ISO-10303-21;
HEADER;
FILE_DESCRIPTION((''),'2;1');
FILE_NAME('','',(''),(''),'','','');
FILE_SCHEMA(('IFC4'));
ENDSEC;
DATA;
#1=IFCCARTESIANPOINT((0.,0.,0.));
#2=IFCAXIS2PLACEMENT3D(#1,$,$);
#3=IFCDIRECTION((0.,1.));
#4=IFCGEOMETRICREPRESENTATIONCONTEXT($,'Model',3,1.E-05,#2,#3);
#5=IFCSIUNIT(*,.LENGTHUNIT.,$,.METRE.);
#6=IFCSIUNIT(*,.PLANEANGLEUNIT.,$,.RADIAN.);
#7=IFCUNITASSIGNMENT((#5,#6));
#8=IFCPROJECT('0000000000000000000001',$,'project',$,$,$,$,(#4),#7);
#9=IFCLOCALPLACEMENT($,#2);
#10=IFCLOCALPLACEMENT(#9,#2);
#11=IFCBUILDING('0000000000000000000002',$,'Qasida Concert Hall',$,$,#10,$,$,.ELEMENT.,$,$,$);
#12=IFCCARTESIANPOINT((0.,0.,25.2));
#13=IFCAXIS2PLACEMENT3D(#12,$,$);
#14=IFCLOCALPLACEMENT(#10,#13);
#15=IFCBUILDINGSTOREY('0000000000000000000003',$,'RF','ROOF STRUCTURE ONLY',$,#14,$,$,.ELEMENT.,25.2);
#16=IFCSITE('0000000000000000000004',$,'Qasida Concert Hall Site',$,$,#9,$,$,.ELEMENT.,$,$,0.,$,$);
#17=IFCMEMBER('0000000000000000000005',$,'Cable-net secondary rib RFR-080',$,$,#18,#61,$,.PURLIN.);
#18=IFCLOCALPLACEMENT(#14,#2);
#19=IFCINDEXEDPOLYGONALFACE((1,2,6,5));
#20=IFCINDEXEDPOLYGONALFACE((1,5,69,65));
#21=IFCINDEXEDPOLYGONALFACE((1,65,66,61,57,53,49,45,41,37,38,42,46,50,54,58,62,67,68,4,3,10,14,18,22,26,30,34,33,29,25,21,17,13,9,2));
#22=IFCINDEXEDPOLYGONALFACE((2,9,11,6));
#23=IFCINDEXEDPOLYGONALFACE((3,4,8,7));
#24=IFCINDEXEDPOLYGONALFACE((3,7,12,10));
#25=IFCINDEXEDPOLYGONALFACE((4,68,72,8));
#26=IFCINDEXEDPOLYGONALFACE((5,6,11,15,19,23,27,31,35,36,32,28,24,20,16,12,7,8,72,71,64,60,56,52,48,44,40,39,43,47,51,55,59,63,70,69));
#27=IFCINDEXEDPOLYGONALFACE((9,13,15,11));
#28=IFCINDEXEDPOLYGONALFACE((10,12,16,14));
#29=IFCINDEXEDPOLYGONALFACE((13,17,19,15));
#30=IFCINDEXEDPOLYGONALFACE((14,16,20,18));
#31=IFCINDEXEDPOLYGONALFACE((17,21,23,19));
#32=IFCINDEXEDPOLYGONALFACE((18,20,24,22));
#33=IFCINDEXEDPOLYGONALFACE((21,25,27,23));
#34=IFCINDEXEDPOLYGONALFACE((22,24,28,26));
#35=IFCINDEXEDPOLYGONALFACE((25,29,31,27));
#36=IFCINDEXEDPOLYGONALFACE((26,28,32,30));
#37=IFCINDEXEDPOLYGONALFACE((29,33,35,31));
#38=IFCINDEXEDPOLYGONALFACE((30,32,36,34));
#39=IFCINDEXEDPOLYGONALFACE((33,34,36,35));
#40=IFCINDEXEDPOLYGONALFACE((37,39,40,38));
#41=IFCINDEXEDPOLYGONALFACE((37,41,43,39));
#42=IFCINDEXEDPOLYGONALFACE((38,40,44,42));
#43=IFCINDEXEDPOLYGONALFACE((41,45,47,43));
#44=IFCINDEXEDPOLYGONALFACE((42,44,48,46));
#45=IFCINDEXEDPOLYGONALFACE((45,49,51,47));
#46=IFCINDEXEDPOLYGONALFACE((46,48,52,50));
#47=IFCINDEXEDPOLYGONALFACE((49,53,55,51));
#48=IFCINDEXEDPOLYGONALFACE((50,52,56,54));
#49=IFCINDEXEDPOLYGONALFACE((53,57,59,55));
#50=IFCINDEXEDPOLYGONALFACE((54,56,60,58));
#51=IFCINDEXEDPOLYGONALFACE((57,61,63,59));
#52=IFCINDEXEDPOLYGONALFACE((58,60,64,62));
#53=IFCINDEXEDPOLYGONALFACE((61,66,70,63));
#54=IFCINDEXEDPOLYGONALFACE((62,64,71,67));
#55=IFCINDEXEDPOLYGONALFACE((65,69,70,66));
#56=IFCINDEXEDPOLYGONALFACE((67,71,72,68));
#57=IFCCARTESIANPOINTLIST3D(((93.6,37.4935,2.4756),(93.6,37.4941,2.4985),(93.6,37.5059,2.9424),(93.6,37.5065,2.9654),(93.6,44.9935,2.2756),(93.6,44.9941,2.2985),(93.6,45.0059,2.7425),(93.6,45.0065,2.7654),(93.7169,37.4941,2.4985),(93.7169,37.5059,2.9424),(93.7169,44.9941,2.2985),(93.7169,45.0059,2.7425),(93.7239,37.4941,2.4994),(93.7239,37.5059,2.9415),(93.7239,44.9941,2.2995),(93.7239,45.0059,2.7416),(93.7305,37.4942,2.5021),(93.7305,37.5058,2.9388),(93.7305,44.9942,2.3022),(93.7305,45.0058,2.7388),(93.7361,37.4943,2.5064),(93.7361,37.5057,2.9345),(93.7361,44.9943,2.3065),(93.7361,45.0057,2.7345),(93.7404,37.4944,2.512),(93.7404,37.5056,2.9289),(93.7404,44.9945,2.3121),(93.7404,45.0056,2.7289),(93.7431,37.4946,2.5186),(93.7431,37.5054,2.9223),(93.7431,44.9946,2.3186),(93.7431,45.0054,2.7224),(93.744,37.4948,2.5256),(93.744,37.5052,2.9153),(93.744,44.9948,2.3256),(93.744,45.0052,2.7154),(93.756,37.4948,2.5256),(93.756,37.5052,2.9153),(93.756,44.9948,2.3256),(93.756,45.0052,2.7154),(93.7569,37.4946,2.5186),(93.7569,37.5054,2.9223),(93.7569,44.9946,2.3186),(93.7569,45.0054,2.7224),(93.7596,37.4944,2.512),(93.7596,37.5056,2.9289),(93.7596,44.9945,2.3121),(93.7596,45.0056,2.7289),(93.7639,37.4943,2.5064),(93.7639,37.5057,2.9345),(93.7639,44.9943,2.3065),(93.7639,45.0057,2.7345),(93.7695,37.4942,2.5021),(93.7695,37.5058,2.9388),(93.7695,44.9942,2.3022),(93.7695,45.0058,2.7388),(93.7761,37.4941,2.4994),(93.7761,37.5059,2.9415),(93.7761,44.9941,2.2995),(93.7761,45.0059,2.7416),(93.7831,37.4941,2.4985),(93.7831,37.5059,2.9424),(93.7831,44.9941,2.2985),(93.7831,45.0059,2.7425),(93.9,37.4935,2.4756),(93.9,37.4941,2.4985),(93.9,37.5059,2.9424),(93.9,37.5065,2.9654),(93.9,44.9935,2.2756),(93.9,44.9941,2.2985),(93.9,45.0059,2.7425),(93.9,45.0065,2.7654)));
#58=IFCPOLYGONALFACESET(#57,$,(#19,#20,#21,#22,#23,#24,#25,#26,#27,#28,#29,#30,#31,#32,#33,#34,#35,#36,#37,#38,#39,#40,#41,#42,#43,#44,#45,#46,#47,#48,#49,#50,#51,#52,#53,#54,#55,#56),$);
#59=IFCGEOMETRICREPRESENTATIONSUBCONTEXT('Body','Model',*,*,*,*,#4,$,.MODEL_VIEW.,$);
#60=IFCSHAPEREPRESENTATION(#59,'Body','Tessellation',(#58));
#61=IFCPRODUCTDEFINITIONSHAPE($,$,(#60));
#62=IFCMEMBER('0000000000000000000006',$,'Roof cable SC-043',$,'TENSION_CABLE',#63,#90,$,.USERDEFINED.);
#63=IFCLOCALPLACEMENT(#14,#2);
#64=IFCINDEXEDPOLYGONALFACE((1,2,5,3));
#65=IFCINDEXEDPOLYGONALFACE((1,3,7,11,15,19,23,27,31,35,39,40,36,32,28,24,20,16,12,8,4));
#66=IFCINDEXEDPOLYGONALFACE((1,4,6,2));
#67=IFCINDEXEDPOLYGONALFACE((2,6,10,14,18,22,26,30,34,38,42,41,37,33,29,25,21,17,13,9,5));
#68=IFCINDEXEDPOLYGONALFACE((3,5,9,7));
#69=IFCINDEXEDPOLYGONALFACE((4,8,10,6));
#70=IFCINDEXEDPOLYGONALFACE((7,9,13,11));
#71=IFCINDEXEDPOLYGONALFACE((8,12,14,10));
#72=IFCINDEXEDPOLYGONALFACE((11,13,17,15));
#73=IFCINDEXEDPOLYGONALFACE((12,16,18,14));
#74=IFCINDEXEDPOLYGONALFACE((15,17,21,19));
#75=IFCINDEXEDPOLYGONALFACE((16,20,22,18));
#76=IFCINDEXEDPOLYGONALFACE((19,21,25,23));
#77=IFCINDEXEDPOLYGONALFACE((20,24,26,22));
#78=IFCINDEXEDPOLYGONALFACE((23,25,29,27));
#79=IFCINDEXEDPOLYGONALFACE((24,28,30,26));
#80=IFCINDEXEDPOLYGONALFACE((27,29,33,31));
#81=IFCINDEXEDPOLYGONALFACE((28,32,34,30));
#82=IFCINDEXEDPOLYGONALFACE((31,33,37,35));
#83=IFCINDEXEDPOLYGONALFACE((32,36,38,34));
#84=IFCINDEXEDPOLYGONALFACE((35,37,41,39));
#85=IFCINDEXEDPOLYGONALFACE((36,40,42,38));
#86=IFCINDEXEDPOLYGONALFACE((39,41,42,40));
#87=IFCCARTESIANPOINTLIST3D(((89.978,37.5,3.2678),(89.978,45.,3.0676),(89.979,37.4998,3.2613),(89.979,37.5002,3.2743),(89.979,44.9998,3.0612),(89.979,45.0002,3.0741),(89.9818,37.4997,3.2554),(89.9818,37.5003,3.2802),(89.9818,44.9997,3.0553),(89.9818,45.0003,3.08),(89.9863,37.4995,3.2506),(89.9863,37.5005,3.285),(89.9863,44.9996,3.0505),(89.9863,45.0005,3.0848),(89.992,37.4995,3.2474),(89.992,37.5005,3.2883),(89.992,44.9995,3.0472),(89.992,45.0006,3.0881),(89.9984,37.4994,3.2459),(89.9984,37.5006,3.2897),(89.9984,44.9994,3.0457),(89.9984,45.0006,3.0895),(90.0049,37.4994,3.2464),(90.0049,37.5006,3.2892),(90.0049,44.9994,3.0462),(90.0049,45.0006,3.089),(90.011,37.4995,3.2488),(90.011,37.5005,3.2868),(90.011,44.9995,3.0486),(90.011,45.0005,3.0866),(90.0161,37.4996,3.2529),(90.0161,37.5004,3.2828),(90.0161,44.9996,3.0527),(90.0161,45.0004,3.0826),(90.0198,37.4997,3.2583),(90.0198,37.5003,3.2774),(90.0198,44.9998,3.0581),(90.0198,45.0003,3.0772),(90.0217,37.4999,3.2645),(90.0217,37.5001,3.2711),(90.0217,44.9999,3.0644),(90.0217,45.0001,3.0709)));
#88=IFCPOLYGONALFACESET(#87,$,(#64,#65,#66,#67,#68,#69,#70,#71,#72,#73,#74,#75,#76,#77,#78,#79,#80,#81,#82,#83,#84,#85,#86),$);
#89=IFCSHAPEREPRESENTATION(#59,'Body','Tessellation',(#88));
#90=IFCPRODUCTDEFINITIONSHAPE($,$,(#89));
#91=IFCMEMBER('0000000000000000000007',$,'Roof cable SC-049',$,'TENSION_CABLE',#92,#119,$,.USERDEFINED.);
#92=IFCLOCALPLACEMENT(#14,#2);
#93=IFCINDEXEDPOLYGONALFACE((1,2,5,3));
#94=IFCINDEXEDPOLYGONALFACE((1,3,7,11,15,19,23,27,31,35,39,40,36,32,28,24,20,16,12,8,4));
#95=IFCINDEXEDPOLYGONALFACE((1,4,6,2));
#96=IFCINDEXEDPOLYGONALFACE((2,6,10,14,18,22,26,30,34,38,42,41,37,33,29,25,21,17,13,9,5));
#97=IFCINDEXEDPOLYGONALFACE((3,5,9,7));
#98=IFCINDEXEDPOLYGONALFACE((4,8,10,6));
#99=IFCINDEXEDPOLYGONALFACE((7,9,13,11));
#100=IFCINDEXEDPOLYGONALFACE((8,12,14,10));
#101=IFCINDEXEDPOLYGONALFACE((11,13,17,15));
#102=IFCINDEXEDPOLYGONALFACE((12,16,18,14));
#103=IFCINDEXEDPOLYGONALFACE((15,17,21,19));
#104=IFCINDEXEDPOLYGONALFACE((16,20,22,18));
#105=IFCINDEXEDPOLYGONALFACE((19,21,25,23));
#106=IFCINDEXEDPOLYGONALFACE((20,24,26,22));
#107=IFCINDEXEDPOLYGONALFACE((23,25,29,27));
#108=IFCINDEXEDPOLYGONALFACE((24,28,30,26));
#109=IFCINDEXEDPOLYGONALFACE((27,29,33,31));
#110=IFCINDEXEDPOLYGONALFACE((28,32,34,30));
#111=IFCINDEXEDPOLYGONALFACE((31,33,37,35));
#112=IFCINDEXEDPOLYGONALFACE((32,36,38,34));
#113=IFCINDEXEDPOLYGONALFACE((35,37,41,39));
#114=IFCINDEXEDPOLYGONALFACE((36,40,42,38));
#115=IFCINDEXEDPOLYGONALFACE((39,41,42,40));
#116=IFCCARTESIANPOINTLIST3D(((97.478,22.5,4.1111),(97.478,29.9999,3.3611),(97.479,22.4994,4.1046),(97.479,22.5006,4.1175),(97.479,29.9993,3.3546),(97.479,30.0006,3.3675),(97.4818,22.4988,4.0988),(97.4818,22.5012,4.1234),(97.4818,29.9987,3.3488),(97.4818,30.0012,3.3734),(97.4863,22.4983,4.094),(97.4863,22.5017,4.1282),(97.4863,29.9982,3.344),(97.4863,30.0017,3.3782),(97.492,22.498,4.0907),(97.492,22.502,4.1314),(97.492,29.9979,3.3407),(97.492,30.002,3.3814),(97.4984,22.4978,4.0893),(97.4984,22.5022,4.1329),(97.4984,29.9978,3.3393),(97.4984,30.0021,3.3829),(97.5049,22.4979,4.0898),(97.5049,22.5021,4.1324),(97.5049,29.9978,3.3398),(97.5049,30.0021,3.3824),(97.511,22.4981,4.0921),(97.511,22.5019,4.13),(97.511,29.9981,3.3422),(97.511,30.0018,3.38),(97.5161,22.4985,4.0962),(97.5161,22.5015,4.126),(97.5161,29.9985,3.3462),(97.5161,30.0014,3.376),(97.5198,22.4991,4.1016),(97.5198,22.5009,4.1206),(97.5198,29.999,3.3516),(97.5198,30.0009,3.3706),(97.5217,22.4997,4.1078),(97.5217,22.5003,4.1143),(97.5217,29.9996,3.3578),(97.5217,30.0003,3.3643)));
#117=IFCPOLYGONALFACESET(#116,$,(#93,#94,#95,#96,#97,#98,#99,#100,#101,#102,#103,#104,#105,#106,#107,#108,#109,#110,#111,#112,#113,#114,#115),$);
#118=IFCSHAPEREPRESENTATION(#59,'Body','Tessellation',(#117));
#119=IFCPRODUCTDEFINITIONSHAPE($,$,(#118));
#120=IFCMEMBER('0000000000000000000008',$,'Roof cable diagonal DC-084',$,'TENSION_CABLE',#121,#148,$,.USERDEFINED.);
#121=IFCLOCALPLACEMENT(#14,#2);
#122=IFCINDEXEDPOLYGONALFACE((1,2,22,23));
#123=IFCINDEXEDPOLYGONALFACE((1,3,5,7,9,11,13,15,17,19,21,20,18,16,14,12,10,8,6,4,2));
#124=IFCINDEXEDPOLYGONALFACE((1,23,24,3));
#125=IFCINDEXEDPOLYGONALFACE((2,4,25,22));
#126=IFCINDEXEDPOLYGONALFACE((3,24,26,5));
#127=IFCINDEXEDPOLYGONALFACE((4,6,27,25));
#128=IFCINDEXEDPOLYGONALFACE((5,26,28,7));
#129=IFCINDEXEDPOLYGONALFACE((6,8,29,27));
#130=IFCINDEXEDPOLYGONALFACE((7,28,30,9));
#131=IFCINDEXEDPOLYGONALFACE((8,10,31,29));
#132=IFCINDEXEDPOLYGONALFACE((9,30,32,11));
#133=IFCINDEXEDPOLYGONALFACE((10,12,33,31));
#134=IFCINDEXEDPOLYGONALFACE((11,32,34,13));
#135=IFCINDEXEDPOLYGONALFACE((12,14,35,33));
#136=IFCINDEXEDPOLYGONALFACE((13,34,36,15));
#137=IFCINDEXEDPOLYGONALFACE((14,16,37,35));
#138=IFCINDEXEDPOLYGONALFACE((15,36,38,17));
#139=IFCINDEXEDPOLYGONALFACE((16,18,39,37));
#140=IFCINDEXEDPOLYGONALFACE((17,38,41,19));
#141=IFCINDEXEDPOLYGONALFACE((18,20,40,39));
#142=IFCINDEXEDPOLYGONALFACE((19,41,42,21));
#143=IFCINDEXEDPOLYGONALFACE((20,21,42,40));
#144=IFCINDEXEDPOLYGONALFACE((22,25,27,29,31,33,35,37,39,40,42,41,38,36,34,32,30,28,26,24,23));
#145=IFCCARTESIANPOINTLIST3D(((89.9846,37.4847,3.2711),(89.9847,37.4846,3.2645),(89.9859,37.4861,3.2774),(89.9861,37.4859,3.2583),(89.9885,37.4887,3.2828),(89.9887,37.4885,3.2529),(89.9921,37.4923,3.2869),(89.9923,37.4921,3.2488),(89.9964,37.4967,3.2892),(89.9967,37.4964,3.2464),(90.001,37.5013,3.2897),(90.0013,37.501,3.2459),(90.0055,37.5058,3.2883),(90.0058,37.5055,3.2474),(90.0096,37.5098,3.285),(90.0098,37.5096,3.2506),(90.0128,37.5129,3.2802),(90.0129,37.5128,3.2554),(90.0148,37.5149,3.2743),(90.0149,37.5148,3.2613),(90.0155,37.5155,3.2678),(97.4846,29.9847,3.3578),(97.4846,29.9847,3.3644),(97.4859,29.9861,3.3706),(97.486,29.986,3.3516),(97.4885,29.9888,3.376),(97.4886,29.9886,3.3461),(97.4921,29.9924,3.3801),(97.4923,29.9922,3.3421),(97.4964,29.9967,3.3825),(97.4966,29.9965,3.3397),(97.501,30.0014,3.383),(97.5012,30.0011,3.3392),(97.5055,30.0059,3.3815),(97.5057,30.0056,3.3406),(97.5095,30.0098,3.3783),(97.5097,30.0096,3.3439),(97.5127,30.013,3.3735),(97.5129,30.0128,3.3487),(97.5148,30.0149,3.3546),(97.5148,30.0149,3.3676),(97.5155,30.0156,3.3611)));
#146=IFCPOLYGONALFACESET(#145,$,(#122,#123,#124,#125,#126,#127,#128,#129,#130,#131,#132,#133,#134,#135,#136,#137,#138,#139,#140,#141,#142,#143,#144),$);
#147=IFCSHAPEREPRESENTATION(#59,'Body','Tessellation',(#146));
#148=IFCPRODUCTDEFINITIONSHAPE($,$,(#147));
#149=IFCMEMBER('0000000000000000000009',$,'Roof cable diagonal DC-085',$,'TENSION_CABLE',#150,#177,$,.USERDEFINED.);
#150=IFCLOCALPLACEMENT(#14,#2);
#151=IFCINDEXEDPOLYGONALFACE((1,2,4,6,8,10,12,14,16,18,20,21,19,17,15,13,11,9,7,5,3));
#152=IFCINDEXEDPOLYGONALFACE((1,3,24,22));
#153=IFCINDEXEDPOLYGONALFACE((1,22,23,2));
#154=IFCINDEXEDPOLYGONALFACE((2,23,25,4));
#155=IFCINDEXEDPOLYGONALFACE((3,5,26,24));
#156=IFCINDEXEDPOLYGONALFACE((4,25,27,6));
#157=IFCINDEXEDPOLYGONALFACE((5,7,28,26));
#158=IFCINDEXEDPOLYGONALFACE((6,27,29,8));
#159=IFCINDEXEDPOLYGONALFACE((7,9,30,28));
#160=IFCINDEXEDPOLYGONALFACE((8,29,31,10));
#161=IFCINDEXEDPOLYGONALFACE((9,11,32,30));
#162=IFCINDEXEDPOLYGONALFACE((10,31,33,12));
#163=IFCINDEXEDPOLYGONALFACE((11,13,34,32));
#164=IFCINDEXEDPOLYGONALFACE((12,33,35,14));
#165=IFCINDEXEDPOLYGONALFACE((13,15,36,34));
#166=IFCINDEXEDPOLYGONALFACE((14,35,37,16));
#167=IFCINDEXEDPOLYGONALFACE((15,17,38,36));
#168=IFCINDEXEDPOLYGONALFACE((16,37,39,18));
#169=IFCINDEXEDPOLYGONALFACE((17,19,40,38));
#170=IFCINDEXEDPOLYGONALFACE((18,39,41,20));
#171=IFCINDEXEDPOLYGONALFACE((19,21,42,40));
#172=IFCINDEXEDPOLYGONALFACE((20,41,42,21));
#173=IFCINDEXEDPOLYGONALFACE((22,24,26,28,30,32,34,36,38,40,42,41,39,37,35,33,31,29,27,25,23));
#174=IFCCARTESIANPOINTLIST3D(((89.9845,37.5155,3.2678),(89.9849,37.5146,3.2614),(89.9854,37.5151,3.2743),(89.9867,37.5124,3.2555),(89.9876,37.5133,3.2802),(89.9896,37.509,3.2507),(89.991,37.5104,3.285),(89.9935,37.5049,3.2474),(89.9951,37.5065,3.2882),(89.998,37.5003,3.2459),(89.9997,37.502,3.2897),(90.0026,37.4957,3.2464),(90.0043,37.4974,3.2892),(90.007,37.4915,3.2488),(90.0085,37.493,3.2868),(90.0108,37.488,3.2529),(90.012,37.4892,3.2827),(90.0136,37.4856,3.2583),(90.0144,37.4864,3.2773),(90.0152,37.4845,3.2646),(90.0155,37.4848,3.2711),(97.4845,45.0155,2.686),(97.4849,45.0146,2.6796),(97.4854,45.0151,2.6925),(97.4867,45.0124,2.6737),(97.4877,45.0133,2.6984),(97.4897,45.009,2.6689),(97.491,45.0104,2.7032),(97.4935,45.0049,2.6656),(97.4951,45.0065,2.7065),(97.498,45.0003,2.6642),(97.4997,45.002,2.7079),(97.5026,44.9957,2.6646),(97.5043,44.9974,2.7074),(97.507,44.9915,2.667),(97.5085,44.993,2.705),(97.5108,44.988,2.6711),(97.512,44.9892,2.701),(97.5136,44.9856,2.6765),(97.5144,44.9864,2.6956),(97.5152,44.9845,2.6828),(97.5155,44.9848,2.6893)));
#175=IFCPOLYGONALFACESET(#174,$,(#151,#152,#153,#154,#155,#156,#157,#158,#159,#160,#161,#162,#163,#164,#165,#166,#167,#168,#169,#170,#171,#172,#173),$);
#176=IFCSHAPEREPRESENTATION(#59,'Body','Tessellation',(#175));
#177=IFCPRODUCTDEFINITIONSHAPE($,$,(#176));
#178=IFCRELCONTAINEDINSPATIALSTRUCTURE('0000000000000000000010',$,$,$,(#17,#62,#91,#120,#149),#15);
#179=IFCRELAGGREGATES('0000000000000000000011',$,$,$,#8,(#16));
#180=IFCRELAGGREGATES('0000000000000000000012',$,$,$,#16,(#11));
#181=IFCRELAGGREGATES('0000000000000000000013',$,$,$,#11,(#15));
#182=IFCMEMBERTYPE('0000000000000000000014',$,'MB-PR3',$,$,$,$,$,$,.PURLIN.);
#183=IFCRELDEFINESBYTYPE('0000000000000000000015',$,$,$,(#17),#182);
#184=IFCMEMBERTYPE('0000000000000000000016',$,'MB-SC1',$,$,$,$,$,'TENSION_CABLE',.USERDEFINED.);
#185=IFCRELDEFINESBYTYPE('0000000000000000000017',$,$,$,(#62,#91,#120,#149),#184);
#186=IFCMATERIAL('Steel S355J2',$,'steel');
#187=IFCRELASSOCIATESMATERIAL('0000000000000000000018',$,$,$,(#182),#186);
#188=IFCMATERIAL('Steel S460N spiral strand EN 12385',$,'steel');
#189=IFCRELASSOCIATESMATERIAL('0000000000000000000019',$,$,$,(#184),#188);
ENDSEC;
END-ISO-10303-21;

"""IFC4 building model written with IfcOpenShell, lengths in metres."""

from ifc_helpers import new_model, si_unit, direction, frame, origin, origin_2d, place, context, subcontext, project, spatial, circle, i_section, extrude, material, material_profile, profile_set, type_object, element, save


model = new_model("IFC4")

# Units and contexts
model_context = context("Model", 3, precision=1e-05, world=origin(), true_north=direction((0.0, 1.0)))
body_context = subcontext(model_context, "Body", "Model", "MODEL_VIEW")
ifc_project = project(units=[si_unit("LENGTHUNIT", "METRE"), si_unit("PLANEANGLEUNIT", "RADIAN")], contexts=[model_context])

# Site, building, storey
site_placement = place(None, origin())
site = spatial("IfcSite", under=ifc_project, at=site_placement, Name="Qasida Concert Hall Site", CompositionType="ELEMENT", RefElevation=0.0)
building_placement = place(site_placement, origin())
building = spatial("IfcBuilding", under=site, at=building_placement, Name="Qasida Concert Hall", CompositionType="ELEMENT")
storey_placement = place(building_placement, frame((0.0, 0.0, 25.2)))
storey = spatial("IfcBuildingStorey", under=building, at=storey_placement, Name="RF", Description="ROOF STRUCTURE ONLY", CompositionType="ELEMENT", Elevation=25.2)

# Members
ifc_material_1 = material(Name="Steel S460N spiral strand EN 12385", Category="steel")
ifc_material_2 = material(Name="Steel S355J2", Category="steel")
ifc_material_profile_1 = material_profile(ifc_material_2, i_section(OverallWidth=0.3, OverallDepth=0.49, WebThickness=0.012, FlangeThickness=0.0229, FilletRadius=0.0271, at=origin_2d()), Name="HEA 500")
ifc_profile_set_1 = profile_set([ifc_material_profile_1], Name="Steel S355J2")
member_type_1 = type_object("IfcMemberType", Name="MB-PR3", PredefinedType="PURLIN", material=ifc_profile_set_1)
member_1_placement = place(storey_placement, frame((93.75, 37.5, 2.7205), z_axis=(0.0, 0.999645, -0.026651), x_axis=(-1.0, 0.0, 0.0)))
element("IfcMember", 1, at=member_1_placement, inside=storey, type_object=member_type_1, Name="Cable-net secondary rib RFR-080", PredefinedType="PURLIN", context=body_context, shape_type="SweptSolid", body=[
    extrude(i_section(OverallWidth=0.3, OverallDepth=0.49, WebThickness=0.012, FlangeThickness=0.0229, FilletRadius=0.0271, at=origin_2d()), origin(), (0.0, 0.0, 1.0), 7.5027),
])
ifc_material_profile_2 = material_profile(ifc_material_1, circle(Radius=0.022, at=origin_2d()), Name="STRAND D44")
ifc_profile_set_2 = profile_set([ifc_material_profile_2], Name="Steel S460N spiral strand EN 12385")
member_type_2 = type_object("IfcMemberType", Name="MB-SC1", ElementType="TENSION_CABLE", PredefinedType="USERDEFINED", material=ifc_profile_set_2)
member_2_placement = place(storey_placement, frame((90.0, 37.5, 3.2678), z_axis=(0.0, 0.999644, -0.026683), x_axis=(-1.0, 0.0, 0.0)))
element("IfcMember", 2, at=member_2_placement, inside=storey, type_object=member_type_2, Name="Roof cable SC-043", ObjectType="TENSION_CABLE", PredefinedType="USERDEFINED", context=body_context, shape_type="SweptSolid", body=[
    extrude(circle(Radius=0.022, at=origin_2d()), origin(), (0.0, 0.0, 1.0), 7.5027),
])
member_3_placement = place(storey_placement, frame((97.5, 22.5, 4.1111), z_axis=(0.0, 0.995037, -0.099504), x_axis=(-1.0, 0.0, 0.0)))
element("IfcMember", 3, at=member_3_placement, inside=storey, type_object=member_type_2, Name="Roof cable SC-049", ObjectType="TENSION_CABLE", PredefinedType="USERDEFINED", context=body_context, shape_type="SweptSolid", body=[
    extrude(circle(Radius=0.022, at=origin_2d()), origin(), (0.0, 0.0, 1.0), 7.5374),
])
member_4_placement = place(storey_placement, frame((90.0, 37.5, 3.2678), z_axis=(0.707079, -0.707079, 0.008792), x_axis=(0.707107, 0.707107, 0.0)))
element("IfcMember", 4, at=member_4_placement, inside=storey, type_object=member_type_2, Name="Roof cable diagonal DC-084", ObjectType="TENSION_CABLE", PredefinedType="USERDEFINED", context=body_context, shape_type="SweptSolid", body=[
    extrude(circle(Radius=0.022, at=origin_2d()), origin(), (0.0, 0.0, 1.0), 10.6069),
])
member_5_placement = place(storey_placement, frame((90.0, 37.5, 3.2678), z_axis=(0.706045, 0.706045, -0.054769), x_axis=(-0.707107, 0.707107, 0.0)))
element("IfcMember", 5, at=member_5_placement, inside=storey, type_object=member_type_2, Name="Roof cable diagonal DC-085", ObjectType="TENSION_CABLE", PredefinedType="USERDEFINED", context=body_context, shape_type="SweptSolid", body=[
    extrude(circle(Radius=0.022, at=origin_2d()), origin(), (0.0, 0.0, 1.0), 10.6226),
])

save(model, "model.ifc")
